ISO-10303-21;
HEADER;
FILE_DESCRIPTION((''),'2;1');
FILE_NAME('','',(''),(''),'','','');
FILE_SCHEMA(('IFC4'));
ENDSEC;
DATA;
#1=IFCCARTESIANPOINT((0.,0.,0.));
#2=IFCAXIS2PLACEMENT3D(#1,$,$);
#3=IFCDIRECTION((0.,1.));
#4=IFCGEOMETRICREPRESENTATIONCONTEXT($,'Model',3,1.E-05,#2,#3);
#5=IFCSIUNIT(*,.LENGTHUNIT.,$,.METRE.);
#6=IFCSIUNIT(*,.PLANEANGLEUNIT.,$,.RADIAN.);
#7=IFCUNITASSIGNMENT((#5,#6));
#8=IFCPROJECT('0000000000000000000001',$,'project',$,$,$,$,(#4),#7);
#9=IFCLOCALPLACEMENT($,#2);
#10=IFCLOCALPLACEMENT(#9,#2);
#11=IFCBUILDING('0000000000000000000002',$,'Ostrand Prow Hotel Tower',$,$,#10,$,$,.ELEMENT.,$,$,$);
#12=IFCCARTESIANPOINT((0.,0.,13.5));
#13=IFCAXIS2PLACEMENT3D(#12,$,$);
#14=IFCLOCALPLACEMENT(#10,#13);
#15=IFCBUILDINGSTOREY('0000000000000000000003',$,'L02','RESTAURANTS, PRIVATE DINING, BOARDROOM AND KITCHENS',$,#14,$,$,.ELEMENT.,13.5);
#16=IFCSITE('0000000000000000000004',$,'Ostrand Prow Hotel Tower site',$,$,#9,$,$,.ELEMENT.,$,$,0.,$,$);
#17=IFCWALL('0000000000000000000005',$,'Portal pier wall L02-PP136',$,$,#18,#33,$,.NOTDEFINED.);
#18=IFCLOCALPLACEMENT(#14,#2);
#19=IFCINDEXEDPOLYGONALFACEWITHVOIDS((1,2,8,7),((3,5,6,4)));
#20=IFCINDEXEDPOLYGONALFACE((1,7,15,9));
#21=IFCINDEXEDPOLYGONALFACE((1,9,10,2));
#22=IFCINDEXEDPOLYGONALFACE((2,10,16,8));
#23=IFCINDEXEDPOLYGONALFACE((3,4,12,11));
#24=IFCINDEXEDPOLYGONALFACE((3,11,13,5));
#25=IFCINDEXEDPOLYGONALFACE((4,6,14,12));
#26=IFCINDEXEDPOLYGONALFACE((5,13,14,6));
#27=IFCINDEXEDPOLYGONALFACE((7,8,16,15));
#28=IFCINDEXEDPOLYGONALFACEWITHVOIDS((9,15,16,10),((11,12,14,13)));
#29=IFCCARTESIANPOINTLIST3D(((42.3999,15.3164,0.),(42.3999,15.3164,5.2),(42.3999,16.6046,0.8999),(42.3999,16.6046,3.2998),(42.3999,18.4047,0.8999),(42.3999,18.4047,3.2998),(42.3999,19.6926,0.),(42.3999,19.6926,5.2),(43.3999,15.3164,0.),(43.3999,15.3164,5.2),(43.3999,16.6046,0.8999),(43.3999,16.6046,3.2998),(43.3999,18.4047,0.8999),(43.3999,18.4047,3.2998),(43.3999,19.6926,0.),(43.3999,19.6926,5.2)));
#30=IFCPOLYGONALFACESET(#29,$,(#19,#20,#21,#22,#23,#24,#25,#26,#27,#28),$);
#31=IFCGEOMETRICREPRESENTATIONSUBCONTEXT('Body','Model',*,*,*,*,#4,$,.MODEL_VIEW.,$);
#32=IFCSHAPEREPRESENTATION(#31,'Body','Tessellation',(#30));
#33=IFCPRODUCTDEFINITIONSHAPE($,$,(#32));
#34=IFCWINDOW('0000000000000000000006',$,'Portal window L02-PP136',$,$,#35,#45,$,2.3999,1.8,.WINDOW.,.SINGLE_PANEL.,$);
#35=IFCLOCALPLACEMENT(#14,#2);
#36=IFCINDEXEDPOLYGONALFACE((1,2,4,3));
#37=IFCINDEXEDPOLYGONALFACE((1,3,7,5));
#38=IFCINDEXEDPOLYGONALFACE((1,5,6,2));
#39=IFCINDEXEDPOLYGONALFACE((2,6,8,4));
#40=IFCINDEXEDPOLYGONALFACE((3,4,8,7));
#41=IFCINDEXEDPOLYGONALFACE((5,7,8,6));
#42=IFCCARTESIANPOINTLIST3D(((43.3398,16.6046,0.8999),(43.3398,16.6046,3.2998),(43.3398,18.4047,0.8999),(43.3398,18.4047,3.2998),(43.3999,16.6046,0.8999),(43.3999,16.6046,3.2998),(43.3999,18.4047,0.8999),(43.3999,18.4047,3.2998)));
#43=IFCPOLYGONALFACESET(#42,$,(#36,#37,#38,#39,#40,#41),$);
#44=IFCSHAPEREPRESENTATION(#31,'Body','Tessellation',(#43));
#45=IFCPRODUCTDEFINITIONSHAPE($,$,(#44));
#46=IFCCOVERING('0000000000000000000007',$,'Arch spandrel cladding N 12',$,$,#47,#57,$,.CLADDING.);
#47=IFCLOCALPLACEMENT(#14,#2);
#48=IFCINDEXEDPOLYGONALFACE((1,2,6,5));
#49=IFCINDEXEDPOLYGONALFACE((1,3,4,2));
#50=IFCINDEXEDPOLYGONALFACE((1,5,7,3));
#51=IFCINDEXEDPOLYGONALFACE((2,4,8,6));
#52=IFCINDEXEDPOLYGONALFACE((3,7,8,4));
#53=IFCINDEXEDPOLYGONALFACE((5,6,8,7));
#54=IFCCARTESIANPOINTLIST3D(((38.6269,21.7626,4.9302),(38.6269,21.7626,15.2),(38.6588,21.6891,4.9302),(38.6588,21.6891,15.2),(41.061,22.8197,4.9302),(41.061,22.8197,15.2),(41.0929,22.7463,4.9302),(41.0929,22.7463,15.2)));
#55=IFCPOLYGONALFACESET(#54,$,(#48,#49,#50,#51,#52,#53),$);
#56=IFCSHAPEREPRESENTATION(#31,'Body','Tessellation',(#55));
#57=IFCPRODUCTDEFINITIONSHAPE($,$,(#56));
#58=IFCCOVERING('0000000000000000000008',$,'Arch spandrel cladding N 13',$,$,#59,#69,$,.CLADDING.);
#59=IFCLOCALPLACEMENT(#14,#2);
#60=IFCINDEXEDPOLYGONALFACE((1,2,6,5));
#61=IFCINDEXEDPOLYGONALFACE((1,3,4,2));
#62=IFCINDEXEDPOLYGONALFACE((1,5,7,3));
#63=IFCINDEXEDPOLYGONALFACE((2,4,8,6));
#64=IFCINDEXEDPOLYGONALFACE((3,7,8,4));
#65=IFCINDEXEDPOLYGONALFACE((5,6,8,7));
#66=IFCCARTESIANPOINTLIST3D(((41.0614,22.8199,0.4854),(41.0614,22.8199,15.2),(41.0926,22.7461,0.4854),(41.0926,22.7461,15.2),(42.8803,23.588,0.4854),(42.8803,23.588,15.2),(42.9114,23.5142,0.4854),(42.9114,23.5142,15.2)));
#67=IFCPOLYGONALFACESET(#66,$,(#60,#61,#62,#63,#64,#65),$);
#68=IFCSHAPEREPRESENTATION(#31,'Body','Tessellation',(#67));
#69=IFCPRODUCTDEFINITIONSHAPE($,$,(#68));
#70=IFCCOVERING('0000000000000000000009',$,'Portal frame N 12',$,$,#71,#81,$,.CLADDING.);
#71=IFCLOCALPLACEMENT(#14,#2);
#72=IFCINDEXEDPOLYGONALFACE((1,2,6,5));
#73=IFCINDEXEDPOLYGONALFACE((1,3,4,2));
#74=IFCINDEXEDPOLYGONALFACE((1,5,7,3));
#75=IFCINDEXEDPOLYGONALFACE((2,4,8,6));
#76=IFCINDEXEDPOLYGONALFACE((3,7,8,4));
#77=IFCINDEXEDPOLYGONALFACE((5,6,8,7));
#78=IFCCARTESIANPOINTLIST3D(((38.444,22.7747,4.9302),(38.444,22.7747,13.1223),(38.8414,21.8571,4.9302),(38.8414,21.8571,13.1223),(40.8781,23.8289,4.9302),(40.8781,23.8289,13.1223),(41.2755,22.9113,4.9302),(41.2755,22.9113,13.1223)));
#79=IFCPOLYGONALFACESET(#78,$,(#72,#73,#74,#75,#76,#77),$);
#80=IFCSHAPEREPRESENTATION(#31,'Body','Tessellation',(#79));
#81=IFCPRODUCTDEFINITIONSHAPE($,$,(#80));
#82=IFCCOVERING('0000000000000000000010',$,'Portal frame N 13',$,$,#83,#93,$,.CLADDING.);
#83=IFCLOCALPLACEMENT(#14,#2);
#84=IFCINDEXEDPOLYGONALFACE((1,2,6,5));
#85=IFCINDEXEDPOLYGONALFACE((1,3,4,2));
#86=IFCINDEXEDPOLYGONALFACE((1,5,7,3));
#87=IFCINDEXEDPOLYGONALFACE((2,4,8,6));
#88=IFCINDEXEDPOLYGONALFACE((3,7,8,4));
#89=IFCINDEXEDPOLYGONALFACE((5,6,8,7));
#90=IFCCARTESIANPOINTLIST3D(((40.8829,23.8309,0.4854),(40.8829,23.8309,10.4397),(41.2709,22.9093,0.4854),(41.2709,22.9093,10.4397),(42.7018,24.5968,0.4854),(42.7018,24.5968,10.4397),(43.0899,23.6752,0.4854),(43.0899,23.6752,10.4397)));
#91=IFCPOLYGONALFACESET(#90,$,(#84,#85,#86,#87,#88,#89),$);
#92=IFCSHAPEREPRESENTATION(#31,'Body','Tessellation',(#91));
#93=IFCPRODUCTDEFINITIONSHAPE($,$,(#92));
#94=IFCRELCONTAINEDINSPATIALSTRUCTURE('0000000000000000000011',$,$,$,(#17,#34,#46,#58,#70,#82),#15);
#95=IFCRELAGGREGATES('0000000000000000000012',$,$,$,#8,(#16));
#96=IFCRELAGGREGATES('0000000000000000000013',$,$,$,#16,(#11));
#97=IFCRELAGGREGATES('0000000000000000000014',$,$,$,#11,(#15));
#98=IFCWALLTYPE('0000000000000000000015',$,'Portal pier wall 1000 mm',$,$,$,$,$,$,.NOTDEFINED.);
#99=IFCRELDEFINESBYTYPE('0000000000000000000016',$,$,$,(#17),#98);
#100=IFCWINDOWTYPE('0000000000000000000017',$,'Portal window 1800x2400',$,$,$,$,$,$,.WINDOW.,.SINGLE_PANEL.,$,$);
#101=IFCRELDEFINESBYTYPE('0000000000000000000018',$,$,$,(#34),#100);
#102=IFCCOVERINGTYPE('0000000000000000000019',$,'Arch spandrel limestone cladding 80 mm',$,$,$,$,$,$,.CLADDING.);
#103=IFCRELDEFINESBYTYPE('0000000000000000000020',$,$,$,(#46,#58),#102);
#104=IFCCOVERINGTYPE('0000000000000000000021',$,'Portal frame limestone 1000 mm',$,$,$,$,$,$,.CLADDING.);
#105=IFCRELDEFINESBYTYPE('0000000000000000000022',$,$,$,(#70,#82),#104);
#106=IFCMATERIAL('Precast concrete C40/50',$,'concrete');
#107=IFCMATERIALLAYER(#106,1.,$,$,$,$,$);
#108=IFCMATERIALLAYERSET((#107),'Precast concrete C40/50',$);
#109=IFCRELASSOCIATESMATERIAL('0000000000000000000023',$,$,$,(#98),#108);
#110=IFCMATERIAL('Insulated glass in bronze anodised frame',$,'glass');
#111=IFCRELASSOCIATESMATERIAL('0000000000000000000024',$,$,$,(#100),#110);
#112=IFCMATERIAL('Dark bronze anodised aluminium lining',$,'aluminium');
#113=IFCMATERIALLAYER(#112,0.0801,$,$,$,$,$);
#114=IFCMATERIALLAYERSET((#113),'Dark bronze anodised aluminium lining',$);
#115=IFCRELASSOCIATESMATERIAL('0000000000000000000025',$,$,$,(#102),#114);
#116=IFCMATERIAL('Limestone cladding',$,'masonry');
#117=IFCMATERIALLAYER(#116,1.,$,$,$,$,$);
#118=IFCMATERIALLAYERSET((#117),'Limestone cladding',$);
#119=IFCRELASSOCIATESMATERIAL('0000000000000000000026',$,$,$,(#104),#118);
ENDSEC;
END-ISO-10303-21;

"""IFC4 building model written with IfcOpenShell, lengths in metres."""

from ifc_helpers import new_model, si_unit, direction, frame, frame_2d, origin, place, context, subcontext, project, spatial, polyline, rectangle, outline, extrude, material, layer, layer_set, type_object, element, fill, save


model = new_model("IFC4")

# Units and contexts
model_context = context("Model", 3, precision=1e-05, world=origin(), true_north=direction((0.0, 1.0)))
body_context = subcontext(model_context, "Body", "Model", "MODEL_VIEW")
ifc_project = project(units=[si_unit("LENGTHUNIT", "METRE"), si_unit("PLANEANGLEUNIT", "RADIAN")], contexts=[model_context])

# Site, building, storey
site_placement = place(None, origin())
site = spatial("IfcSite", under=ifc_project, at=site_placement, Name="Ostrand Prow Hotel Tower site", CompositionType="ELEMENT", RefElevation=0.0)
building_placement = place(site_placement, origin())
building = spatial("IfcBuilding", under=site, at=building_placement, Name="Ostrand Prow Hotel Tower", CompositionType="ELEMENT")
storey_placement = place(building_placement, frame((0.0, 0.0, 13.5)))
storey = spatial("IfcBuildingStorey", under=building, at=storey_placement, Name="L02", Description="RESTAURANTS, PRIVATE DINING, BOARDROOM AND KITCHENS", CompositionType="ELEMENT", Elevation=13.5)

# Shared definitions
ifc_material_1 = material(Name="Precast concrete C40/50", Category="concrete")
ifc_layer_1 = layer(ifc_material_1, 1.0)
ifc_layer_set_1 = layer_set([ifc_layer_1], Name="Precast concrete C40/50")
wall_type_1 = type_object("IfcWallType", Name="Portal pier wall 1000 mm", PredefinedType="NOTDEFINED", material=ifc_layer_set_1)
ifc_material_2 = material(Name="Insulated glass in bronze anodised frame", Category="glass")
window_type = type_object("IfcWindowType", Name="Portal window 1800x2400", PartitioningType="SINGLE_PANEL", PredefinedType="WINDOW", material=ifc_material_2)

# Wall, opening, window
wall_1_placement = place(storey_placement, frame((42.8999, 19.6926, 0.0), z_axis=(0.0, 0.0, 1.0), x_axis=(0.0, -1.0, 0.0)))
wall_1 = element("IfcWall", 1, at=wall_1_placement, inside=storey, type_object=wall_type_1, Name="Portal pier wall L02-PP136", PredefinedType="NOTDEFINED", context=body_context, shape_type="SweptSolid", body=[
    extrude(outline(polyline([(0.0, -0.5), (4.3762, -0.5), (4.3762, 0.5), (0.0, 0.5), (0.0, -0.5)])), origin(), (0.0, 0.0, 1.0), 5.2),
])
opening_1_placement = place(wall_1_placement, frame((1.2881, 0.0, 0.8999)))
opening_1 = element("IfcOpeningElement", 2, at=opening_1_placement, cuts=wall_1, PredefinedType="OPENING", context=body_context, shape_type="SweptSolid", body=[
    extrude(rectangle(XDim=1.8, YDim=2.3999, at=frame_2d((0.8999, 1.2))), frame((0.0, 0.51, 0.0), z_axis=(0.0, -1.0, 0.0), x_axis=(1.0, 0.0, 0.0)), (0.0, 0.0, 1.0), 1.02),
])
window_1_placement = place(opening_1_placement, origin())
window_1 = element("IfcWindow", 3, at=window_1_placement, inside=storey, type_object=window_type, Name="Portal window L02-PP136", OverallHeight=2.3999, OverallWidth=1.8, PartitioningType="SINGLE_PANEL", PredefinedType="WINDOW", context=body_context, shape_type="SweptSolid", body=[
    extrude(rectangle(XDim=1.8, YDim=2.3999, at=frame_2d((0.8999, 1.2))), frame((0.0, 0.5, 0.0), z_axis=(0.0, -1.0, 0.0), x_axis=(1.0, 0.0, 0.0)), (0.0, 0.0, 1.0), 0.0601),
])
fill(opening_1, window_1)

# Coverings
ifc_material_3 = material(Name="Dark bronze anodised aluminium lining", Category="aluminium")
ifc_layer_2 = layer(ifc_material_3, 0.0801)
ifc_layer_set_2 = layer_set([ifc_layer_2], Name="Dark bronze anodised aluminium lining")
covering_type_1 = type_object("IfcCoveringType", Name="Arch spandrel limestone cladding 80 mm", PredefinedType="CLADDING", material=ifc_layer_set_2)
covering_1_placement = place(storey_placement, frame((38.6428, 21.7258, 4.9302), z_axis=(0.0, 0.0, 1.0), x_axis=(0.917231, 0.398356, 0.0)))
element("IfcCovering", 4, at=covering_1_placement, inside=storey, type_object=covering_type_1, Name="Arch spandrel cladding N 12", PredefinedType="CLADDING", context=body_context, shape_type="SweptSolid", body=[
    extrude(rectangle(XDim=2.6538, YDim=0.0801, at=frame_2d((1.3269, 0.0))), origin(), (0.0, 0.0, 1.0), 10.2698),
])
covering_2_placement = place(storey_placement, frame((41.0769, 22.783, 0.4854), z_axis=(0.0, 0.0, 1.0), x_axis=(0.92123, 0.389019, 0.0)))
element("IfcCovering", 5, at=covering_2_placement, inside=storey, type_object=covering_type_1, Name="Arch spandrel cladding N 13", PredefinedType="CLADDING", context=body_context, shape_type="SweptSolid", body=[
    extrude(rectangle(XDim=1.9744, YDim=0.0801, at=frame_2d((0.9873, 0.0))), origin(), (0.0, 0.0, 1.0), 14.7146),
])
ifc_material_4 = material(Name="Limestone cladding", Category="masonry")
ifc_layer_3 = layer(ifc_material_4, 1.0)
ifc_layer_set_3 = layer_set([ifc_layer_3], Name="Limestone cladding")
covering_type_2 = type_object("IfcCoveringType", Name="Portal frame limestone 1000 mm", PredefinedType="CLADDING", material=ifc_layer_set_3)
covering_3_placement = place(storey_placement, frame((38.6428, 22.3159, 4.9302), z_axis=(0.0, 0.0, 1.0), x_axis=(0.917634, 0.397427, 0.0)))
element("IfcCovering", 6, at=covering_3_placement, inside=storey, type_object=covering_type_2, Name="Portal frame N 12", PredefinedType="CLADDING", context=body_context, shape_type="SweptSolid", body=[
    extrude(rectangle(XDim=2.6526, YDim=1.0, at=frame_2d((1.3262, 0.0))), origin(), (0.0, 0.0, 1.0), 8.1921),
])
covering_4_placement = place(storey_placement, frame((41.0769, 23.3701, 0.4854), z_axis=(0.0, 0.0, 1.0), x_axis=(0.921628, 0.388074, 0.0)))
element("IfcCovering", 7, at=covering_4_placement, inside=storey, type_object=covering_type_2, Name="Portal frame N 13", PredefinedType="CLADDING", context=body_context, shape_type="SweptSolid", body=[
    extrude(rectangle(XDim=1.9736, YDim=1.0, at=frame_2d((0.9868, 0.0))), origin(), (0.0, 0.0, 1.0), 9.9543),
])

save(model, "model.ifc")
